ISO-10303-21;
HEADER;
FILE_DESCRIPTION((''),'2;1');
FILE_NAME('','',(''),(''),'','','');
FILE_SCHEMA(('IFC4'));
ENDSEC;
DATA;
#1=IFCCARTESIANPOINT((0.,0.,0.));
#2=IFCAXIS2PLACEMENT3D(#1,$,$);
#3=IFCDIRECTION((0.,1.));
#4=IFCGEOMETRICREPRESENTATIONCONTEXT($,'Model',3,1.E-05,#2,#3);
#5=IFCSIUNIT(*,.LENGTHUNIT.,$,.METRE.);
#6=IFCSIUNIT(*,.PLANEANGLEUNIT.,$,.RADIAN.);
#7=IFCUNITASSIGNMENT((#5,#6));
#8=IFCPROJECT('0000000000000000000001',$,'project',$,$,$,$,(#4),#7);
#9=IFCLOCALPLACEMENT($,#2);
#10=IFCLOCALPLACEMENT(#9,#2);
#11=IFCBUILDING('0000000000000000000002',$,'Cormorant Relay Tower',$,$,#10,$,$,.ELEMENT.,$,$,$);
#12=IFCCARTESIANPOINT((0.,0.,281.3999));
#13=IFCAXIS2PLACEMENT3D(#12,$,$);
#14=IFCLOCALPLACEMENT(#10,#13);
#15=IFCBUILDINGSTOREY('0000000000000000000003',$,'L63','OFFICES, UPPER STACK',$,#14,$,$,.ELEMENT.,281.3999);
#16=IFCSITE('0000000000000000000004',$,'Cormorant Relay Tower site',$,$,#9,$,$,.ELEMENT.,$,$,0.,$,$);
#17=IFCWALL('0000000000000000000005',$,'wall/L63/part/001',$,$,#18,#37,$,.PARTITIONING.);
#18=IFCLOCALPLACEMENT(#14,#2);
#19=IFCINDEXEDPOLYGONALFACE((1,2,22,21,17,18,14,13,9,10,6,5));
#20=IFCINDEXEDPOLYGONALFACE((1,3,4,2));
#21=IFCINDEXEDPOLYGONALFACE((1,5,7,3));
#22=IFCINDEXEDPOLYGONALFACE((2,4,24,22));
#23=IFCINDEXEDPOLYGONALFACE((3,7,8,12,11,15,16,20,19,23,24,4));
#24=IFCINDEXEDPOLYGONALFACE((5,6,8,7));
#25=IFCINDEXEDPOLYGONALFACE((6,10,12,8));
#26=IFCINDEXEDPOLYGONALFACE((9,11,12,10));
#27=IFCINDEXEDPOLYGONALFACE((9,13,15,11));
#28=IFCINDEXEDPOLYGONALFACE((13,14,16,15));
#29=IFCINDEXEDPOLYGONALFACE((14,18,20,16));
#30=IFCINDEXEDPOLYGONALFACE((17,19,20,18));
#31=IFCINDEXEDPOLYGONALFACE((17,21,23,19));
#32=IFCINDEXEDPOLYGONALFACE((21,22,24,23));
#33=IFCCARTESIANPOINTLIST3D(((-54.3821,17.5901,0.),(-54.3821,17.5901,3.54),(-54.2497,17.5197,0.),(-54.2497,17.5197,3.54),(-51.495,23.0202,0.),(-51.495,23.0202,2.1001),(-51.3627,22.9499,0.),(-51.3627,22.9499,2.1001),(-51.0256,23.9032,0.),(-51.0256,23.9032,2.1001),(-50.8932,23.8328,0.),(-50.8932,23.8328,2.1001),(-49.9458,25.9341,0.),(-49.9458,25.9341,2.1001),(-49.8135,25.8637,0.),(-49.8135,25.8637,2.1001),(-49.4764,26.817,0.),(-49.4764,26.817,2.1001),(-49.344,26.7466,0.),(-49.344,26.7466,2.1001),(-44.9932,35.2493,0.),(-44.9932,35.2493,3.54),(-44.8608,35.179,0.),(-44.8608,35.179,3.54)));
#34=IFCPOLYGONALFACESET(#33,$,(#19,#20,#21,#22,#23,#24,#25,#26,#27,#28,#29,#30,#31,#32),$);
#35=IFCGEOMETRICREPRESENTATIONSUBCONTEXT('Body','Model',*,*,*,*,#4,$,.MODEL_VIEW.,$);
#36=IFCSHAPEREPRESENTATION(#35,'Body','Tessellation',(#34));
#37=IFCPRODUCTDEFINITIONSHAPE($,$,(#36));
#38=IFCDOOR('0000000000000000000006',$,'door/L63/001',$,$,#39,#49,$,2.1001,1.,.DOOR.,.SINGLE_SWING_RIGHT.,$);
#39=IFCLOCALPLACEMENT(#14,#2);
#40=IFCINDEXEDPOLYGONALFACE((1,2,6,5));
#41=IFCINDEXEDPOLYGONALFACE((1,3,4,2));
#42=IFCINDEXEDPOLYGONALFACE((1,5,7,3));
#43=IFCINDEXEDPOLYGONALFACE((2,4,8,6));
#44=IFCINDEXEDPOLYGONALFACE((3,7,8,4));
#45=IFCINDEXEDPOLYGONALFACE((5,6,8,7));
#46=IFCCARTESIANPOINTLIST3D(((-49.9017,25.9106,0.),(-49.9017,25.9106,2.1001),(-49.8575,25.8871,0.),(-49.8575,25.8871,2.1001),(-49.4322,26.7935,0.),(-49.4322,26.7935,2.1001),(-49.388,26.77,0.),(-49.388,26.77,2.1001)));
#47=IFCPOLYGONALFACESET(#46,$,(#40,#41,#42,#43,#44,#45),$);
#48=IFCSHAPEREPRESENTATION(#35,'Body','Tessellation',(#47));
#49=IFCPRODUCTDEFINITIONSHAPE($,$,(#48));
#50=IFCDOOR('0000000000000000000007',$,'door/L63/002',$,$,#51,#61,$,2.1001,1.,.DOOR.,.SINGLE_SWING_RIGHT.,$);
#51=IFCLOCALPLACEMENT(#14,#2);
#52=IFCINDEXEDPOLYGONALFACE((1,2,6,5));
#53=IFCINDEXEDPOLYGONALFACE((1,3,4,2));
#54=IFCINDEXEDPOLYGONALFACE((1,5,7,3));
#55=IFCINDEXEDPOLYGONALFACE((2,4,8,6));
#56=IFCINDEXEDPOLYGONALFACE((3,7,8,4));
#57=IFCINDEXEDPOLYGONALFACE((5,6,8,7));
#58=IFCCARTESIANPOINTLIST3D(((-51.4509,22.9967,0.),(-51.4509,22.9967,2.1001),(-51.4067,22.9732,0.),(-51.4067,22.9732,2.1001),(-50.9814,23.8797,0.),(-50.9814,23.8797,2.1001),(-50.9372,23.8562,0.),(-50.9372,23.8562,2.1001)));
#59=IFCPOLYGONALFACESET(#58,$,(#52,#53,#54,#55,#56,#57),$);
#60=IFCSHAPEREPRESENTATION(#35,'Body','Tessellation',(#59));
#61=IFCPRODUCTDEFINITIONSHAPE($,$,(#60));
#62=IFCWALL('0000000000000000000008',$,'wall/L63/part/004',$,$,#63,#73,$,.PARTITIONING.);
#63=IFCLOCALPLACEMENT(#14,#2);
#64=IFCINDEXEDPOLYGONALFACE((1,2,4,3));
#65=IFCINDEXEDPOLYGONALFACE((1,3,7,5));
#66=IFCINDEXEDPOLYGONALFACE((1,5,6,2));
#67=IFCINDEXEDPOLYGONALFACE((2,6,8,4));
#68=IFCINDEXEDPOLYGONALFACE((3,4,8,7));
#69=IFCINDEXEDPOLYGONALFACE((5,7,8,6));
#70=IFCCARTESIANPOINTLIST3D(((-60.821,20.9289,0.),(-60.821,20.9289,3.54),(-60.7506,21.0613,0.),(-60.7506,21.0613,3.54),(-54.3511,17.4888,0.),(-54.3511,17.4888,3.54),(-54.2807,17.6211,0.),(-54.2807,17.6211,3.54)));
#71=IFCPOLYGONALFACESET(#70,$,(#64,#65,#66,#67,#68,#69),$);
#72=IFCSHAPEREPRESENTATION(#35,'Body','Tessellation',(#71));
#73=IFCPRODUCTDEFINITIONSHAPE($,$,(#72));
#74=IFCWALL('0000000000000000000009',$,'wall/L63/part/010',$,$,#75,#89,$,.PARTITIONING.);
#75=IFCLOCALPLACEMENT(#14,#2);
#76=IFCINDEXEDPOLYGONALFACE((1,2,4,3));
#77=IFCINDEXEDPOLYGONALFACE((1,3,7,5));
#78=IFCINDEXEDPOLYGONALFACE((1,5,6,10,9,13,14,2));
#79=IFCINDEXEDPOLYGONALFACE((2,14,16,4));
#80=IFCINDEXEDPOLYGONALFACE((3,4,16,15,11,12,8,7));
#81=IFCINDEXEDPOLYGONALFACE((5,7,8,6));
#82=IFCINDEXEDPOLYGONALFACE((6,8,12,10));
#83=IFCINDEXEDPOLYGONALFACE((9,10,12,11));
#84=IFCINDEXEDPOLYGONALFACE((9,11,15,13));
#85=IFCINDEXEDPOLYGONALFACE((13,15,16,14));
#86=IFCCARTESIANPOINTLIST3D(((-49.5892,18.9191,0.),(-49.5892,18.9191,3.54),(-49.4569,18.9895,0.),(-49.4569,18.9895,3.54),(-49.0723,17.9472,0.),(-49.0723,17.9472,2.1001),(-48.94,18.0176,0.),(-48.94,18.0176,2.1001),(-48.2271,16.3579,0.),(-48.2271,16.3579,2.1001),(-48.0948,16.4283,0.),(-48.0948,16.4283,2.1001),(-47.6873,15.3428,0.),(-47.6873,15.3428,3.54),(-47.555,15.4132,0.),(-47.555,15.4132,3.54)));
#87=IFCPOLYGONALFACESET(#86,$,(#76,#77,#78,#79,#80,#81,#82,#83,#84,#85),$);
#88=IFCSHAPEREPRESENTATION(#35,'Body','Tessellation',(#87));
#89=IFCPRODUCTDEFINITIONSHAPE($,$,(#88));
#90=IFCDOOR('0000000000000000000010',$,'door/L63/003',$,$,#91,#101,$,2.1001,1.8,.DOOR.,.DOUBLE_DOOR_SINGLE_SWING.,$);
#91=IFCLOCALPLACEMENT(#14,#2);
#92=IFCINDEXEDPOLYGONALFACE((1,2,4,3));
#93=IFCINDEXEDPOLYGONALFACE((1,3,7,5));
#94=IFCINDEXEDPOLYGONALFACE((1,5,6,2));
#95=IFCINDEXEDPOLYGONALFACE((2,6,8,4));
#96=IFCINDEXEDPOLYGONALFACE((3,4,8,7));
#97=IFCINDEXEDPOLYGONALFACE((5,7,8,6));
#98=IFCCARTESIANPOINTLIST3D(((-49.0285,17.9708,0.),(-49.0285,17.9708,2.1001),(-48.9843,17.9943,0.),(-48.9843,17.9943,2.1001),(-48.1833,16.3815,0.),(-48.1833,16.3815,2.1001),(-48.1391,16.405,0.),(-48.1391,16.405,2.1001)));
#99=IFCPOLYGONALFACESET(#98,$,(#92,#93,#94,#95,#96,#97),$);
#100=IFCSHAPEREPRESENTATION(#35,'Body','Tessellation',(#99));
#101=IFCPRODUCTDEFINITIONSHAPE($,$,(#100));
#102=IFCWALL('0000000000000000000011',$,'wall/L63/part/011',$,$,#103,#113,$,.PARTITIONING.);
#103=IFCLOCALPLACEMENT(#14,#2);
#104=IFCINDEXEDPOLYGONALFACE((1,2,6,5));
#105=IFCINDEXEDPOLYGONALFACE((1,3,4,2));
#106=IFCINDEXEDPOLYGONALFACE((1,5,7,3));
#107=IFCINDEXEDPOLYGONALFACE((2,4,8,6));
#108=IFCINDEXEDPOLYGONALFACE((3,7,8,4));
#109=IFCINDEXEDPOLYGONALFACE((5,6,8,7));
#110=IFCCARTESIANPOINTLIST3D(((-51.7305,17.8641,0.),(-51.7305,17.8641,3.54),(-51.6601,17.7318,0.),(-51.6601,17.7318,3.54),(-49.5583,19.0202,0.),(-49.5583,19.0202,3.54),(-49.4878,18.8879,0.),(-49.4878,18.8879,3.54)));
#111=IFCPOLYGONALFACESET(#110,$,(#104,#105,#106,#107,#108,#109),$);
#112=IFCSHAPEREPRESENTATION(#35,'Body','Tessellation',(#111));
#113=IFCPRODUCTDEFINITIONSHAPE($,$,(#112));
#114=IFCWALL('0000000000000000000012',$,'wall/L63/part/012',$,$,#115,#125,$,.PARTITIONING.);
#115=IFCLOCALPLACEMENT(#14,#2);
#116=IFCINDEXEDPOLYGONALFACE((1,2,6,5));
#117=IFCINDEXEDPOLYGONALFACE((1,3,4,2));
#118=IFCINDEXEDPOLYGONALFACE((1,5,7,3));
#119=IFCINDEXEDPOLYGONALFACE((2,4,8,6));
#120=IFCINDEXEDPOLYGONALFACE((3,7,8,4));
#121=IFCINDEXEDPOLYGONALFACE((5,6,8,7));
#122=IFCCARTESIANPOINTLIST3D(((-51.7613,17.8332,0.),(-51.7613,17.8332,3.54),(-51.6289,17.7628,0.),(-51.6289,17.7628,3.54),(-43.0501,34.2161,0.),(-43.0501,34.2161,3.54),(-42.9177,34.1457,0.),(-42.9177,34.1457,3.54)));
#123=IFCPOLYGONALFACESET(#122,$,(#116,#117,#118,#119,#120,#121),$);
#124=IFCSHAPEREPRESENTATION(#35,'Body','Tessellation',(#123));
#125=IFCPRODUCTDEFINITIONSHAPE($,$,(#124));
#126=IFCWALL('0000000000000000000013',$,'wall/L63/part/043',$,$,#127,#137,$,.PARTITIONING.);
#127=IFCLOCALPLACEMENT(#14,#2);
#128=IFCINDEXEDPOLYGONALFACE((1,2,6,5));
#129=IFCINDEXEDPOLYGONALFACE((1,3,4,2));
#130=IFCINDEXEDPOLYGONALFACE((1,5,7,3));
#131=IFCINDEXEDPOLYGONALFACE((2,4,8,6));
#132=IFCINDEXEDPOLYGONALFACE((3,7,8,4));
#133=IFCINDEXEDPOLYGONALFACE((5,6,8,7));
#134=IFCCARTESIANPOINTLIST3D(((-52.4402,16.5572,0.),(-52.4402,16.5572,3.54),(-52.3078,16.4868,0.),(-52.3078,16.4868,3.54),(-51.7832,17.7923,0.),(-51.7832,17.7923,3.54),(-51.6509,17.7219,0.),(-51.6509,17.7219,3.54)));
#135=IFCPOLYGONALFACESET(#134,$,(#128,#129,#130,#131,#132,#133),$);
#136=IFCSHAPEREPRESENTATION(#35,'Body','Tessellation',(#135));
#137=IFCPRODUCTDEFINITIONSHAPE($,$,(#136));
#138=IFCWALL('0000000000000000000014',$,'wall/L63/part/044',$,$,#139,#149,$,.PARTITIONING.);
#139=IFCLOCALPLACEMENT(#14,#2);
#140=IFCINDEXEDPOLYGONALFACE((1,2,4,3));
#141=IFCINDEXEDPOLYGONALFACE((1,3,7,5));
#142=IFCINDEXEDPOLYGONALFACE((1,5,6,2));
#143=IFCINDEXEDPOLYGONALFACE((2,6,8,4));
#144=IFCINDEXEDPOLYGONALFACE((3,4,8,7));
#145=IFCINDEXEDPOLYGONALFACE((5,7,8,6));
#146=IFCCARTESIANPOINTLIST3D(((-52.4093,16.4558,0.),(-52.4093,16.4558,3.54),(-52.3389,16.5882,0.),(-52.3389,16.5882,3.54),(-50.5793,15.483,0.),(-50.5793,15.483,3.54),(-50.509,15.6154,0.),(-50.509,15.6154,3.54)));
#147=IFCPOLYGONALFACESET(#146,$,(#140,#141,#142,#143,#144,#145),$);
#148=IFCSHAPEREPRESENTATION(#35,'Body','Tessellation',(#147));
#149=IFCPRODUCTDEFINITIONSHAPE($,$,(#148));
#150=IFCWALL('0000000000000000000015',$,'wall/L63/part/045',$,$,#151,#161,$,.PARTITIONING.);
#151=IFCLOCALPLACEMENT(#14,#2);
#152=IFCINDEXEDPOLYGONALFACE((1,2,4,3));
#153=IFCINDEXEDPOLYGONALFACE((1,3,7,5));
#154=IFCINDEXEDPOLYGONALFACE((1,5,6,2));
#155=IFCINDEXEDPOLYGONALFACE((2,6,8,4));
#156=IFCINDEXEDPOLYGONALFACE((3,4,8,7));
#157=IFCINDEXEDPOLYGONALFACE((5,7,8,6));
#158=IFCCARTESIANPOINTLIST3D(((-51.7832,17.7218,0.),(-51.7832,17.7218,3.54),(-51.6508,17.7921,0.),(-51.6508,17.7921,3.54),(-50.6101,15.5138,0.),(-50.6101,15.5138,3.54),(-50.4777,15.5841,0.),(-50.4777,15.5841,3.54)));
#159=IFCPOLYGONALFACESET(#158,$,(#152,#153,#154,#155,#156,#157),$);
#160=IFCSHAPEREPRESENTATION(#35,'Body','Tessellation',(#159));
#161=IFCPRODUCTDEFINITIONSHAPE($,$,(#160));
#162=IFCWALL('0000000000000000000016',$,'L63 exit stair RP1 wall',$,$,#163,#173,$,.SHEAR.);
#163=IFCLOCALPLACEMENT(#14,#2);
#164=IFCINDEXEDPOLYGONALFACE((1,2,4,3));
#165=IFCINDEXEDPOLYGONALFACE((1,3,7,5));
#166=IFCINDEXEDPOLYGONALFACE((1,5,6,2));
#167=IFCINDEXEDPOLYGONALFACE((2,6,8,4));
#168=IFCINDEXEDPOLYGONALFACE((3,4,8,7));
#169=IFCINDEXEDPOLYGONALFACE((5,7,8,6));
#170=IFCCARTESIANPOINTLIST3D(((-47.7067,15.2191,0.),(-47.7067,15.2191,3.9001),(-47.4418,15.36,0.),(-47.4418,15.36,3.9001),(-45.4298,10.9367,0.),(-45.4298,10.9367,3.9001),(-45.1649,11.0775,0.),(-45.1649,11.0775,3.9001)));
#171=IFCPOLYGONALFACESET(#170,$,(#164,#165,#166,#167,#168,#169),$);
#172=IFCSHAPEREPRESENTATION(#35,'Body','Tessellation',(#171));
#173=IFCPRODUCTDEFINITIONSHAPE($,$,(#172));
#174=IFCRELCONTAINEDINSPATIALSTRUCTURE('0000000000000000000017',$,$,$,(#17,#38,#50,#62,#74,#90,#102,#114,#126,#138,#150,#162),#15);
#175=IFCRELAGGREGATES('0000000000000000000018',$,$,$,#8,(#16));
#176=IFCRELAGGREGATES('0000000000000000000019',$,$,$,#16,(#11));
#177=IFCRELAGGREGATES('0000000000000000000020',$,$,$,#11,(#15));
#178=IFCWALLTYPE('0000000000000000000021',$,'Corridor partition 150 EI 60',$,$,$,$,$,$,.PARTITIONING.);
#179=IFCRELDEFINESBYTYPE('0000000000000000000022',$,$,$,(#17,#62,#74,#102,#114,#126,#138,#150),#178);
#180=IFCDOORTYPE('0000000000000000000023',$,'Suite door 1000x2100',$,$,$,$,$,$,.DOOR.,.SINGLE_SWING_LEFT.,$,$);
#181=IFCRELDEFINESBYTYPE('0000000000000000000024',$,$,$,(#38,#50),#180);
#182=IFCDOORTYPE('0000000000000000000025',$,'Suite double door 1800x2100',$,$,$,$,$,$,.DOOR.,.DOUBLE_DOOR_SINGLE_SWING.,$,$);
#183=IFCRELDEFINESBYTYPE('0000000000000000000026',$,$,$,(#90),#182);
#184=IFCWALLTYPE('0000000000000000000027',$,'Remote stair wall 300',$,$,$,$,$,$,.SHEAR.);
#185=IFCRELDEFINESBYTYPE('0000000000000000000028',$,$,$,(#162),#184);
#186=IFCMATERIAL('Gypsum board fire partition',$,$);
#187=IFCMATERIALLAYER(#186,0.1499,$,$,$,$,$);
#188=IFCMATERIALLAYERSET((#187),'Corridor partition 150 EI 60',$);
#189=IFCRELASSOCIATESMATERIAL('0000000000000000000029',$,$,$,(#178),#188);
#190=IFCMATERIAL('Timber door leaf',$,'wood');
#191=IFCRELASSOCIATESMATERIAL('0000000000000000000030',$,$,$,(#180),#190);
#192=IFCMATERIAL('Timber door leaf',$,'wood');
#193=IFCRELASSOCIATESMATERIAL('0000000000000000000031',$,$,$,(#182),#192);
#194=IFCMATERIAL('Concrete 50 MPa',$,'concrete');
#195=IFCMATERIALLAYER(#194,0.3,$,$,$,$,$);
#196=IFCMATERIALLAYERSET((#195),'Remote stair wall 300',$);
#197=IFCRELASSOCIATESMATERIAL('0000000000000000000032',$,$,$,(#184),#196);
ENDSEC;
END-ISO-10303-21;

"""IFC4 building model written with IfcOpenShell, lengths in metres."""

from ifc_helpers import new_model, si_unit, direction, frame, frame_2d, origin, place, context, subcontext, project, spatial, rectangle, extrude, material, layer, layer_set, type_object, element, fill, save


model = new_model("IFC4")

# Units and contexts
model_context = context("Model", 3, precision=1e-05, world=origin(), true_north=direction((0.0, 1.0)))
body_context = subcontext(model_context, "Body", "Model", "MODEL_VIEW")
ifc_project = project(units=[si_unit("LENGTHUNIT", "METRE"), si_unit("PLANEANGLEUNIT", "RADIAN")], contexts=[model_context])

# Site, building, storey
site_placement = place(None, origin())
site = spatial("IfcSite", under=ifc_project, at=site_placement, Name="Cormorant Relay Tower site", CompositionType="ELEMENT", RefElevation=0.0)
building_placement = place(site_placement, origin())
building = spatial("IfcBuilding", under=site, at=building_placement, Name="Cormorant Relay Tower", CompositionType="ELEMENT")
storey_placement = place(building_placement, frame((0.0, 0.0, 281.3999)))
storey = spatial("IfcBuildingStorey", under=building, at=storey_placement, Name="L63", Description="OFFICES, UPPER STACK", CompositionType="ELEMENT", Elevation=281.3999)

# Wall, openings, doors
ifc_material_1 = material(Name="Gypsum board fire partition")
ifc_layer_1 = layer(ifc_material_1, 0.1499)
ifc_layer_set_1 = layer_set([ifc_layer_1], Name="Corridor partition 150 EI 60")
wall_type_1 = type_object("IfcWallType", Name="Corridor partition 150 EI 60", PredefinedType="PARTITIONING", material=ifc_layer_set_1)
wall_1_placement = place(storey_placement, frame((-54.3159, 17.5549, 0.0), z_axis=(0.0, 0.0, 1.0), x_axis=(0.469447, 0.882961, 0.0)))
wall_1 = element("IfcWall", 1, at=wall_1_placement, inside=storey, type_object=wall_type_1, Name="wall/L63/part/001", PredefinedType="PARTITIONING", context=body_context, shape_type="SweptSolid", body=[
    extrude(rectangle(XDim=20.0, YDim=0.1499, at=frame_2d((10.0, 0.0))), origin(), (0.0, 0.0, 1.0), 3.54),
])
opening_1_placement = place(wall_1_placement, frame((9.45, 0.0, 0.0)))
opening_1 = element("IfcOpeningElement", 2, at=opening_1_placement, cuts=wall_1, PredefinedType="OPENING", context=body_context, shape_type="SweptSolid", body=[
    extrude(rectangle(XDim=1.0, YDim=2.1001, at=frame_2d((0.5, 1.05))), frame((0.0, 0.085, 0.0), z_axis=(0.0, -1.0, 0.0), x_axis=(1.0, 0.0, 0.0)), (0.0, 0.0, 1.0), 0.1699),
])
opening_2_placement = place(wall_1_placement, frame((6.1499, 0.0, 0.0)))
opening_2 = element("IfcOpeningElement", 3, at=opening_2_placement, cuts=wall_1, PredefinedType="OPENING", context=body_context, shape_type="SweptSolid", body=[
    extrude(rectangle(XDim=1.0, YDim=2.1001, at=frame_2d((0.5, 1.05))), frame((0.0, 0.085, 0.0), z_axis=(0.0, -1.0, 0.0), x_axis=(1.0, 0.0, 0.0)), (0.0, 0.0, 1.0), 0.1699),
])
ifc_material_2 = material(Name="Timber door leaf", Category="wood")
door_type_1 = type_object("IfcDoorType", Name="Suite door 1000x2100", OperationType="SINGLE_SWING_LEFT", PredefinedType="DOOR", material=ifc_material_2)
door_1_placement = place(opening_1_placement, origin())
door_1 = element("IfcDoor", 4, at=door_1_placement, inside=storey, type_object=door_type_1, Name="door/L63/001", OperationType="SINGLE_SWING_RIGHT", OverallHeight=2.1001, OverallWidth=1.0, PredefinedType="DOOR", context=body_context, shape_type="SweptSolid", body=[
    extrude(rectangle(XDim=1.0, YDim=2.1001, at=frame_2d((0.5, 1.05))), frame((0.0, 0.0249, 0.0), z_axis=(0.0, -1.0, 0.0), x_axis=(1.0, 0.0, 0.0)), (0.0, 0.0, 1.0), 0.05),
])
fill(opening_1, door_1)
door_2_placement = place(opening_2_placement, origin())
door_2 = element("IfcDoor", 5, at=door_2_placement, inside=storey, type_object=door_type_1, Name="door/L63/002", OperationType="SINGLE_SWING_RIGHT", OverallHeight=2.1001, OverallWidth=1.0, PredefinedType="DOOR", context=body_context, shape_type="SweptSolid", body=[
    extrude(rectangle(XDim=1.0, YDim=2.1001, at=frame_2d((0.5, 1.05))), frame((0.0, 0.0249, 0.0), z_axis=(0.0, -1.0, 0.0), x_axis=(1.0, 0.0, 0.0)), (0.0, 0.0, 1.0), 0.05),
])
fill(opening_2, door_2)

# Wall
wall_2_placement = place(storey_placement, frame((-54.3159, 17.5549, 0.0), z_axis=(0.0, 0.0, 1.0), x_axis=(-0.882945, 0.469476, 0.0)))
element("IfcWall", 6, at=wall_2_placement, inside=storey, type_object=wall_type_1, Name="wall/L63/part/004", PredefinedType="PARTITIONING", context=body_context, shape_type="SweptSolid", body=[
    extrude(rectangle(XDim=7.3276, YDim=0.1499, at=frame_2d((3.6638, 0.0))), origin(), (0.0, 0.0, 1.0), 3.54),
])

# Wall, opening, door
wall_3_placement = place(storey_placement, frame((-47.6211, 15.3779, 0.0), z_axis=(0.0, 0.0, 1.0), x_axis=(-0.469543, 0.88291, 0.0)))
wall_3 = element("IfcWall", 7, at=wall_3_placement, inside=storey, type_object=wall_type_1, Name="wall/L63/part/010", PredefinedType="PARTITIONING", context=body_context, shape_type="SweptSolid", body=[
    extrude(rectangle(XDim=4.0505, YDim=0.1499, at=frame_2d((2.0254, 0.0))), origin(), (0.0, 0.0, 1.0), 3.54),
])
opening_3_placement = place(wall_3_placement, frame((1.1499, 0.0, 0.0)))
opening_3 = element("IfcOpeningElement", 8, at=opening_3_placement, cuts=wall_3, PredefinedType="OPENING", context=body_context, shape_type="SweptSolid", body=[
    extrude(rectangle(XDim=1.8, YDim=2.1001, at=frame_2d((0.8999, 1.05))), frame((0.0, 0.085, 0.0), z_axis=(0.0, -1.0, 0.0), x_axis=(1.0, 0.0, 0.0)), (0.0, 0.0, 1.0), 0.1699),
])
ifc_material_3 = material(Name="Timber door leaf", Category="wood")
door_type_2 = type_object("IfcDoorType", Name="Suite double door 1800x2100", OperationType="DOUBLE_DOOR_SINGLE_SWING", PredefinedType="DOOR", material=ifc_material_3)
door_3_placement = place(opening_3_placement, frame((1.8, 0.0, 0.0), z_axis=(0.0, 0.0, 1.0), x_axis=(-1.0, 0.0, 0.0)))
door_3 = element("IfcDoor", 9, at=door_3_placement, inside=storey, type_object=door_type_2, Name="door/L63/003", OperationType="DOUBLE_DOOR_SINGLE_SWING", OverallHeight=2.1001, OverallWidth=1.8, PredefinedType="DOOR", context=body_context, shape_type="SweptSolid", body=[
    extrude(rectangle(XDim=1.8, YDim=2.1001, at=frame_2d((0.8999, 1.05))), frame((0.0, 0.0249, 0.0), z_axis=(0.0, -1.0, 0.0), x_axis=(1.0, 0.0, 0.0)), (0.0, 0.0, 1.0), 0.05),
])
fill(opening_3, door_3)

# Walls
wall_4_placement = place(storey_placement, frame((-49.5229, 18.9541, 0.0), z_axis=(0.0, 0.0, 1.0), x_axis=(-0.882767, -0.46981, 0.0)))
element("IfcWall", 10, at=wall_4_placement, inside=storey, type_object=wall_type_1, Name="wall/L63/part/011", PredefinedType="PARTITIONING", context=body_context, shape_type="SweptSolid", body=[
    extrude(rectangle(XDim=2.4607, YDim=0.1499, at=frame_2d((1.2305, 0.0))), origin(), (0.0, 0.0, 1.0), 3.54),
])
wall_5_placement = place(storey_placement, frame((-51.6951, 17.7981, 0.0), z_axis=(0.0, 0.0, 1.0), x_axis=(0.469484, 0.882941, 0.0)))
element("IfcWall", 11, at=wall_5_placement, inside=storey, type_object=wall_type_1, Name="wall/L63/part/012", PredefinedType="PARTITIONING", context=body_context, shape_type="SweptSolid", body=[
    extrude(rectangle(XDim=18.5549, YDim=0.1499, at=frame_2d((9.2773, 0.0))), origin(), (0.0, 0.0, 1.0), 3.54),
])
wall_6_placement = place(storey_placement, frame((-51.717, 17.7571, 0.0), z_axis=(0.0, 0.0, 1.0), x_axis=(-0.469619, -0.882869, 0.0)))
element("IfcWall", 12, at=wall_6_placement, inside=storey, type_object=wall_type_1, Name="wall/L63/part/043", PredefinedType="PARTITIONING", context=body_context, shape_type="SweptSolid", body=[
    extrude(rectangle(XDim=1.3989, YDim=0.1499, at=frame_2d((0.6995, 0.0))), origin(), (0.0, 0.0, 1.0), 3.54),
])
wall_7_placement = place(storey_placement, frame((-52.374, 16.522, 0.0), z_axis=(0.0, 0.0, 1.0), x_axis=(0.882981, -0.469408, 0.0)))
element("IfcWall", 13, at=wall_7_placement, inside=storey, type_object=wall_type_1, Name="wall/L63/part/044", PredefinedType="PARTITIONING", context=body_context, shape_type="SweptSolid", body=[
    extrude(rectangle(XDim=2.0725, YDim=0.1499, at=frame_2d((1.0361, 0.0))), origin(), (0.0, 0.0, 1.0), 3.54),
])
wall_8_placement = place(storey_placement, frame((-50.5439, 15.5491, 0.0), z_axis=(0.0, 0.0, 1.0), x_axis=(-0.469184, 0.883101, 0.0)))
element("IfcWall", 14, at=wall_8_placement, inside=storey, type_object=wall_type_1, Name="wall/L63/part/045", PredefinedType="PARTITIONING", context=body_context, shape_type="SweptSolid", body=[
    extrude(rectangle(XDim=2.5002, YDim=0.1499, at=frame_2d((1.25, 0.0))), origin(), (0.0, 0.0, 1.0), 3.54),
])
ifc_material_4 = material(Name="Concrete 50 MPa", Category="concrete")
ifc_layer_2 = layer(ifc_material_4, 0.3)
ifc_layer_set_2 = layer_set([ifc_layer_2], Name="Remote stair wall 300")
wall_type_2 = type_object("IfcWallType", Name="Remote stair wall 300", PredefinedType="SHEAR", material=ifc_layer_set_2)
wall_9_placement = place(storey_placement, frame((-47.5742, 15.2896, 0.0), z_axis=(0.0, 0.0, 1.0), x_axis=(0.469443, -0.882963, 0.0)))
element("IfcWall", 15, at=wall_9_placement, inside=storey, type_object=wall_type_2, Name="L63 exit stair RP1 wall", PredefinedType="SHEAR", context=body_context, shape_type="SweptSolid", body=[
    extrude(rectangle(XDim=4.8501, YDim=0.3, at=frame_2d((2.425, 0.0))), origin(), (0.0, 0.0, 1.0), 3.9001),
])

save(model, "model.ifc")
